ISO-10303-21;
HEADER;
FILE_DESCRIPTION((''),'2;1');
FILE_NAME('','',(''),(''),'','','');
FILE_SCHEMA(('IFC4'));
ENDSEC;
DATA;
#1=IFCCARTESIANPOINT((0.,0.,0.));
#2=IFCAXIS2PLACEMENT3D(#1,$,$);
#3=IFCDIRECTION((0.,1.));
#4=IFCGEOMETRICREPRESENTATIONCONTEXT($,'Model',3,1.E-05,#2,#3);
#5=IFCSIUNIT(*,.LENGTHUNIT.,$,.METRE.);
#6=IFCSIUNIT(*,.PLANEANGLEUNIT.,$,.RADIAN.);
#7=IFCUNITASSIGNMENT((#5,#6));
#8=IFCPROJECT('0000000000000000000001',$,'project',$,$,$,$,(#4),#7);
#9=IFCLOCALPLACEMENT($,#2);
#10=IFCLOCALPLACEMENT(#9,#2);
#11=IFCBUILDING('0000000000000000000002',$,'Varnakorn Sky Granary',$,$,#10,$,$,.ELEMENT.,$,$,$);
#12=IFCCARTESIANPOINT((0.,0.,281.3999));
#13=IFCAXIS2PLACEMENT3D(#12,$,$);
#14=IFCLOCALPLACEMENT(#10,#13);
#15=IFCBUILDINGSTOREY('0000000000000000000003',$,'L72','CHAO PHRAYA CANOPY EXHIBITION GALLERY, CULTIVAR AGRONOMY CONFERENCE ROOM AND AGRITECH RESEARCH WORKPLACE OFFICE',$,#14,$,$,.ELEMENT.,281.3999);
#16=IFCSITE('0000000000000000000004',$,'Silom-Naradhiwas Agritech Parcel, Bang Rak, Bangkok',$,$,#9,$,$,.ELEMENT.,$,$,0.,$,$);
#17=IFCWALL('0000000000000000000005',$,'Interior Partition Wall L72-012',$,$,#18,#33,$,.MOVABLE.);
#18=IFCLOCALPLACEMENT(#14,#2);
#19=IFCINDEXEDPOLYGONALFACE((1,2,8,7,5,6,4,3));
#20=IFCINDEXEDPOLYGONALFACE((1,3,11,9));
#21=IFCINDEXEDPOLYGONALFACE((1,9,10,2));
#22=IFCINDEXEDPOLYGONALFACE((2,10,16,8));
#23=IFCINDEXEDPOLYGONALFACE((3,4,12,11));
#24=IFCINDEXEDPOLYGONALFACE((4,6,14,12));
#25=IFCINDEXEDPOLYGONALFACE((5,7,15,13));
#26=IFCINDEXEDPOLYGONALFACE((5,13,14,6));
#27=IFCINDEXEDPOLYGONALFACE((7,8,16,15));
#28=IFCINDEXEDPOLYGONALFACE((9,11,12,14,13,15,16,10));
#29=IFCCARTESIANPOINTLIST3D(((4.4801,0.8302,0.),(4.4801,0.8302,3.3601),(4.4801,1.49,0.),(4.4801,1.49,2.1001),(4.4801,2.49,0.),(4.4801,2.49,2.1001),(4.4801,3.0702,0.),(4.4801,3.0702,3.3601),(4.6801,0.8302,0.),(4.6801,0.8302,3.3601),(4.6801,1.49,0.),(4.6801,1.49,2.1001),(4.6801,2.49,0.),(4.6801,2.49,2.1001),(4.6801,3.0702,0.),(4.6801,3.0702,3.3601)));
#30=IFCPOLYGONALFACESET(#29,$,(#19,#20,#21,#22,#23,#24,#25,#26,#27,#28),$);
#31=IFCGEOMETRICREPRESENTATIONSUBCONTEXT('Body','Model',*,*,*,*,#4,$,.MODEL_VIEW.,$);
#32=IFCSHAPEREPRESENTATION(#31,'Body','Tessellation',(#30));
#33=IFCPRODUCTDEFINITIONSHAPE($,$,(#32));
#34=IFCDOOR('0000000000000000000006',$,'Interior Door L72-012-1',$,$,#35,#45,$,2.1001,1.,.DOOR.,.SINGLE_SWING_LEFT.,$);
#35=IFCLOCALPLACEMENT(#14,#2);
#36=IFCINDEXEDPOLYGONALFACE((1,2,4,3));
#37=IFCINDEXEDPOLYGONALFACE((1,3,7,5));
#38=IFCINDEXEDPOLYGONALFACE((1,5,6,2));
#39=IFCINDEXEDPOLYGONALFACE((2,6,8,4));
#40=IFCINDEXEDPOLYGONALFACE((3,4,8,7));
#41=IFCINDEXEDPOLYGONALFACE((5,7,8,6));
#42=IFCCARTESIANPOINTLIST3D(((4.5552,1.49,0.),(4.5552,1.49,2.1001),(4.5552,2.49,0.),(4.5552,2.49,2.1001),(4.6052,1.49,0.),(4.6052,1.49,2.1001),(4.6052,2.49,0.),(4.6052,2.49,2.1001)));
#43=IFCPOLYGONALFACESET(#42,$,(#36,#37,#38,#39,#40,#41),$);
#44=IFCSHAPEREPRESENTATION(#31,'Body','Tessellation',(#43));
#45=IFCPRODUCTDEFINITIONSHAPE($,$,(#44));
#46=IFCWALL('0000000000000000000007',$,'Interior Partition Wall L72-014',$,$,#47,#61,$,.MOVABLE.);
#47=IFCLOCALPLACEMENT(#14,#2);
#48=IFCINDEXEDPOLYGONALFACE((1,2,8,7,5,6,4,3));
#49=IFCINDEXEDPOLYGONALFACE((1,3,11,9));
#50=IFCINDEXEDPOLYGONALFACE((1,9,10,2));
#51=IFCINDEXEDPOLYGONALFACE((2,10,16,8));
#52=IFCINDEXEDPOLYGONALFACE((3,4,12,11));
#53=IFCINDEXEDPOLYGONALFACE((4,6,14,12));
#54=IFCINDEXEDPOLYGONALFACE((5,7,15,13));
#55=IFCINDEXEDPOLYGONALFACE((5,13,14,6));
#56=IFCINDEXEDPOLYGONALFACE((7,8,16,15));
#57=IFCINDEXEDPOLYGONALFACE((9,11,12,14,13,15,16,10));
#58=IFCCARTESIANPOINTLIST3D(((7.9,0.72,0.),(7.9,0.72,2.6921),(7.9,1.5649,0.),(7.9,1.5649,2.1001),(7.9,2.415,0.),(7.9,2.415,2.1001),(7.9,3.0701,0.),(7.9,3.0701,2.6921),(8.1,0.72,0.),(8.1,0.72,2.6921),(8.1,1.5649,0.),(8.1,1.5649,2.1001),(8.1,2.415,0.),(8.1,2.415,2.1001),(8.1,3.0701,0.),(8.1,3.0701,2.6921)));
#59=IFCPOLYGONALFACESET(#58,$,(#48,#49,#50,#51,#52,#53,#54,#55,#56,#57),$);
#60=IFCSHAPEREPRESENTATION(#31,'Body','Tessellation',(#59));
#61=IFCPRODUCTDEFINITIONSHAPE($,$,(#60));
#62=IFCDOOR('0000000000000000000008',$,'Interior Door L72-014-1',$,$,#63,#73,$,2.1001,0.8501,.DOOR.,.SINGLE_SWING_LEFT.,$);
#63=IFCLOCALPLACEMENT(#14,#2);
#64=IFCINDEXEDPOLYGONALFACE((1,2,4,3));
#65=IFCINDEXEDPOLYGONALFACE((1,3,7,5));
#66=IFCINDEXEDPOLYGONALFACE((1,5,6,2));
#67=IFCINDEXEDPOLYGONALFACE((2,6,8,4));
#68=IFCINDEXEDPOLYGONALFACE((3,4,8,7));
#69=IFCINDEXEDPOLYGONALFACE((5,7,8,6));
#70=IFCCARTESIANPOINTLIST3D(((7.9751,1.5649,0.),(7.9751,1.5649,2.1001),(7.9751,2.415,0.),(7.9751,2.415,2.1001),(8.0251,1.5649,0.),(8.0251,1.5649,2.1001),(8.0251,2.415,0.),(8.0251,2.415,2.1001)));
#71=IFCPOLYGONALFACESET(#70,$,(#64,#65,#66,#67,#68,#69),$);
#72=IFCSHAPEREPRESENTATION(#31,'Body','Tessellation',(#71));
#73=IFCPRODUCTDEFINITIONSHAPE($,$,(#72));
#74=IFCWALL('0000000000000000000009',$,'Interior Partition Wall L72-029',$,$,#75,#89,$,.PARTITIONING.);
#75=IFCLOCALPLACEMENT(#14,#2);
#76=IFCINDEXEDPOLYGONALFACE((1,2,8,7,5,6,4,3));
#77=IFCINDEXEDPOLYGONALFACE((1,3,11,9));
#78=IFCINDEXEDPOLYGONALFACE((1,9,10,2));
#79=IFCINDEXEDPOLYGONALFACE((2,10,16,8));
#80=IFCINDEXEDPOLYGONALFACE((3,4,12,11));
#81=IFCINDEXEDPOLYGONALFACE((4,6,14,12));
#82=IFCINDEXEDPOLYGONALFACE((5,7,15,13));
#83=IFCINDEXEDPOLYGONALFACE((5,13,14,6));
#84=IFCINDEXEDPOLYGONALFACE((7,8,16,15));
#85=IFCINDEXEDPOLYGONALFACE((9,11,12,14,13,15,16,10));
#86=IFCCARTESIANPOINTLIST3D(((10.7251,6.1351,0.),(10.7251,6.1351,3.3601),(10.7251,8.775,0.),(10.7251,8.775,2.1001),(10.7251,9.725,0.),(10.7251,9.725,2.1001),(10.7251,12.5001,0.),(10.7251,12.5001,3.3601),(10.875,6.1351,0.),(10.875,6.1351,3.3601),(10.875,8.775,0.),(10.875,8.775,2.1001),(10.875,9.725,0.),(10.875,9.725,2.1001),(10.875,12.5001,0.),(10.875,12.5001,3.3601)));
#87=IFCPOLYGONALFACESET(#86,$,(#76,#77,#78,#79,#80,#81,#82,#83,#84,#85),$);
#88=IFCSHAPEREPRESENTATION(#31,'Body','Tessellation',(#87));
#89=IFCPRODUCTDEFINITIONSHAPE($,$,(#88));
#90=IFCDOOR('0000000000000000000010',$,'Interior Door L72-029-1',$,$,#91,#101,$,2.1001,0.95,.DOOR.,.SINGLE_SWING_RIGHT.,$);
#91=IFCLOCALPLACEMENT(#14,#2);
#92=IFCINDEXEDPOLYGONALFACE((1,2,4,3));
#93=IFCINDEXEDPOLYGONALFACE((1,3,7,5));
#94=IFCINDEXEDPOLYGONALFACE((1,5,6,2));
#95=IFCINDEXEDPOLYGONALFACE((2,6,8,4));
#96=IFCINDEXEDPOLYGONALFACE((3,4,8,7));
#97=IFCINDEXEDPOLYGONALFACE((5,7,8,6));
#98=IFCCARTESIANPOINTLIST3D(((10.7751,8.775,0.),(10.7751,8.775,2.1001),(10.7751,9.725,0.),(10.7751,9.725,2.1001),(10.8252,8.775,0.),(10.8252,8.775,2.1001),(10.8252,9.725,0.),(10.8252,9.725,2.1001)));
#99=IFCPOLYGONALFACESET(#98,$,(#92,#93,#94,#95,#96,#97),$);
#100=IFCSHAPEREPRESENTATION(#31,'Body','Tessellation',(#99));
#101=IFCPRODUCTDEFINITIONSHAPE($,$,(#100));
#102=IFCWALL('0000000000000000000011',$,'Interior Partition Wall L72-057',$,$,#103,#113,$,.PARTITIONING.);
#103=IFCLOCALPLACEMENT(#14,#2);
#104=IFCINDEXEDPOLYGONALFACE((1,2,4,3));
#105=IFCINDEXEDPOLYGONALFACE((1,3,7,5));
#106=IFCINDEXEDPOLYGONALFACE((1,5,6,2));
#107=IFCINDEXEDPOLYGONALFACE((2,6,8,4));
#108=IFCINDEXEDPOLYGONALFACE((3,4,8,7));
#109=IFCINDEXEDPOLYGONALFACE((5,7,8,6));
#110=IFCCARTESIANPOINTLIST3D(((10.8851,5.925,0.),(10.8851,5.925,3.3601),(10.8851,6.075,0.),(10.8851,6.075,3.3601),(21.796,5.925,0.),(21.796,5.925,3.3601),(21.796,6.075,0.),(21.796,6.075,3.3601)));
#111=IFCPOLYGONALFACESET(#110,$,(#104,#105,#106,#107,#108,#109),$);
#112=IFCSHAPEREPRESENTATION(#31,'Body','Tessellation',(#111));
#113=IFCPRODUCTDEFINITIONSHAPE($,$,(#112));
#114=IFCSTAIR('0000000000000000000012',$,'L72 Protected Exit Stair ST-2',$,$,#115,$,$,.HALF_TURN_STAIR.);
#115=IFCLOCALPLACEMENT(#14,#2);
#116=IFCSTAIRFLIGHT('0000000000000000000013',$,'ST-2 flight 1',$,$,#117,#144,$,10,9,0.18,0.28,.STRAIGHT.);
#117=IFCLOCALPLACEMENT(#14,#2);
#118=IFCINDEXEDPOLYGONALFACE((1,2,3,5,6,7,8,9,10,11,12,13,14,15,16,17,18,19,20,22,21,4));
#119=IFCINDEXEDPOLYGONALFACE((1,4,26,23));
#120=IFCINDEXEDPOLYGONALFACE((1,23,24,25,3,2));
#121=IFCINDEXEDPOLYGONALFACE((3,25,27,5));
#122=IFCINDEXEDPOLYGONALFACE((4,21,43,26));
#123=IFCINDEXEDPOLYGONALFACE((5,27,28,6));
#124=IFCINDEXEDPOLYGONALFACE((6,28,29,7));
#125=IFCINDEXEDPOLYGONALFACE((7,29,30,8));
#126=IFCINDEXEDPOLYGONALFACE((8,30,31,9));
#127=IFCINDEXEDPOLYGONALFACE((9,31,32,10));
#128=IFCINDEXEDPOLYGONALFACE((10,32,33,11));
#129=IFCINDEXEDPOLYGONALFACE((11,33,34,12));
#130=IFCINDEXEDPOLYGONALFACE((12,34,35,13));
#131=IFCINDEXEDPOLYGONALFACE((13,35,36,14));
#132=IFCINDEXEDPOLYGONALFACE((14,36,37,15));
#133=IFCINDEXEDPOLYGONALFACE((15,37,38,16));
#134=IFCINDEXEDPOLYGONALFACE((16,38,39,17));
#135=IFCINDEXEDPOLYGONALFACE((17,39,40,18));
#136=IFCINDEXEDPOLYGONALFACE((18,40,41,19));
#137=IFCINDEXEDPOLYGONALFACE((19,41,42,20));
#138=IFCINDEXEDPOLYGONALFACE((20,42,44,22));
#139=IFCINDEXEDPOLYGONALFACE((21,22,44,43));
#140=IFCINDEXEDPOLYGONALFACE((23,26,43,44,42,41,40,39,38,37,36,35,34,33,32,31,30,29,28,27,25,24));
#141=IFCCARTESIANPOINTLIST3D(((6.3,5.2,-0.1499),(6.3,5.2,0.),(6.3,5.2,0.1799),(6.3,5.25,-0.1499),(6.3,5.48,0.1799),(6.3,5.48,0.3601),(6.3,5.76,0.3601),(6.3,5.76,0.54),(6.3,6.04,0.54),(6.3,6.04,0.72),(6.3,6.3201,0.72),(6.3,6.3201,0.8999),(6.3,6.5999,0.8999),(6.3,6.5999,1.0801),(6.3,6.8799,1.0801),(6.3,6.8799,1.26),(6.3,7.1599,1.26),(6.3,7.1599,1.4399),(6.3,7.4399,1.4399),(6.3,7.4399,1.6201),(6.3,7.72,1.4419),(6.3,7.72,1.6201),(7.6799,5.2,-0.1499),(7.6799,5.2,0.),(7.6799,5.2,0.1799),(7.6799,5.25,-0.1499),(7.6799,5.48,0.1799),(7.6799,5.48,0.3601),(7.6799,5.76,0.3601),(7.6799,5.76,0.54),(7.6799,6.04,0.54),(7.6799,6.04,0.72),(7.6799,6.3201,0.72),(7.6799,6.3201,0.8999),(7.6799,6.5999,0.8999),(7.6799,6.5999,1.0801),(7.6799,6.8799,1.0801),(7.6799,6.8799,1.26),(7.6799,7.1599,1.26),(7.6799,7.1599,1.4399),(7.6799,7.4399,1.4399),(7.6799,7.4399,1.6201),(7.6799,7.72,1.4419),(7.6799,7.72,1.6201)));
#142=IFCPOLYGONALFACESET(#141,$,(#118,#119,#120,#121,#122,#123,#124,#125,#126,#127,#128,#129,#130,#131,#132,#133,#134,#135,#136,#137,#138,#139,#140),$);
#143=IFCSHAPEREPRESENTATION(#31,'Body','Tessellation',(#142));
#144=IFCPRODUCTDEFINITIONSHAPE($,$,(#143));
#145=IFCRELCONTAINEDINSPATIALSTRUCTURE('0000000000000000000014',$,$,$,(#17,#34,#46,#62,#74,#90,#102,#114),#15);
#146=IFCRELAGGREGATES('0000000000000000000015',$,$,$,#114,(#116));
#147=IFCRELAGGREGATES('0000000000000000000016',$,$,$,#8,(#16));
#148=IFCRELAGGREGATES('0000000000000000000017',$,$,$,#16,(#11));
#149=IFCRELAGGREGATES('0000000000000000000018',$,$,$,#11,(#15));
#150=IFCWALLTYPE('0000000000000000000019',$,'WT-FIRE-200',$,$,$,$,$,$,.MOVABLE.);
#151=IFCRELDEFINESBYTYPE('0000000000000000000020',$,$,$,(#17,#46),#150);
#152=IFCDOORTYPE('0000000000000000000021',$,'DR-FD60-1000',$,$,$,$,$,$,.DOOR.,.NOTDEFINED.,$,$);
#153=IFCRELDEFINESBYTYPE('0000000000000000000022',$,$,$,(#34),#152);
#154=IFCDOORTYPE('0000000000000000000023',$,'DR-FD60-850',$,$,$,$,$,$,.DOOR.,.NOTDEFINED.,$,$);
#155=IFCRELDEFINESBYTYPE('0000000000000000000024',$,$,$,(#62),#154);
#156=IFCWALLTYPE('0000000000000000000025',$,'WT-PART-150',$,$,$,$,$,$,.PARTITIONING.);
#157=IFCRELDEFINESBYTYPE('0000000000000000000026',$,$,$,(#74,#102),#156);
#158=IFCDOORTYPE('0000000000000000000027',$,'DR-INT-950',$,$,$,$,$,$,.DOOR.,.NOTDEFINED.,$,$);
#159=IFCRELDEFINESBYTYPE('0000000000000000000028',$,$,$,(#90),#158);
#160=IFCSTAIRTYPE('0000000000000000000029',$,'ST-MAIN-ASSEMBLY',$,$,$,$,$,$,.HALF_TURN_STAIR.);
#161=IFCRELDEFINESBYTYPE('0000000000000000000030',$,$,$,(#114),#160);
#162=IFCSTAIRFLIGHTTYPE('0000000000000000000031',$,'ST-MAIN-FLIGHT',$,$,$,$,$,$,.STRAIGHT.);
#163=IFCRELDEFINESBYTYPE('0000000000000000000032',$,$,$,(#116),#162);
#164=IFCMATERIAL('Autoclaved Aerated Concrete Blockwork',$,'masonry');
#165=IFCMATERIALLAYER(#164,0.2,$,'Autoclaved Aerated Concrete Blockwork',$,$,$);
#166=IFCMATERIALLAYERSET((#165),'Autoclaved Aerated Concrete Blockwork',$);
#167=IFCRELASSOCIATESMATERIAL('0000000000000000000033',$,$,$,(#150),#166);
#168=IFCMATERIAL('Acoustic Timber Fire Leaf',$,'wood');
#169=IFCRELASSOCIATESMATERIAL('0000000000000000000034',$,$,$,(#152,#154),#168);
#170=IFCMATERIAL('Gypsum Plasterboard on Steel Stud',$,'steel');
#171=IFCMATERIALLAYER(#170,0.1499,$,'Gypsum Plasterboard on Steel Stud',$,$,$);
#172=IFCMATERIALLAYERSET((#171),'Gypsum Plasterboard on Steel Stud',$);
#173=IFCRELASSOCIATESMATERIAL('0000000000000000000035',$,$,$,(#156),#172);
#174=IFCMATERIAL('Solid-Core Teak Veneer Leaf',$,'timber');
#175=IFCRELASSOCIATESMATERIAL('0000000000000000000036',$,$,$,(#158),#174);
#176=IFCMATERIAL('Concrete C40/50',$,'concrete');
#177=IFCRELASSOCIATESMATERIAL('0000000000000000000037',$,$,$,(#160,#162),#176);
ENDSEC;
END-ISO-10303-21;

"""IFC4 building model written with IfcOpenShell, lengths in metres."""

from ifc_helpers import new_model, si_unit, direction, frame, frame_2d, origin, place, context, subcontext, project, spatial, polyline, rectangle, outline, extrude, material, layer, layer_set, type_object, element, fill, aggregate, save


model = new_model("IFC4")

# Units and contexts
model_context = context("Model", 3, precision=1e-05, world=origin(), true_north=direction((0.0, 1.0)))
body_context = subcontext(model_context, "Body", "Model", "MODEL_VIEW")
ifc_project = project(units=[si_unit("LENGTHUNIT", "METRE"), si_unit("PLANEANGLEUNIT", "RADIAN")], contexts=[model_context])

# Site, building, storey
site_placement = place(None, origin())
site = spatial("IfcSite", under=ifc_project, at=site_placement, Name="Silom-Naradhiwas Agritech Parcel, Bang Rak, Bangkok", CompositionType="ELEMENT", RefElevation=0.0)
building_placement = place(site_placement, origin())
building = spatial("IfcBuilding", under=site, at=building_placement, Name="Varnakorn Sky Granary", CompositionType="ELEMENT")
storey_placement = place(building_placement, frame((0.0, 0.0, 281.3999)))
storey = spatial("IfcBuildingStorey", under=building, at=storey_placement, Name="L72", Description="CHAO PHRAYA CANOPY EXHIBITION GALLERY, CULTIVAR AGRONOMY CONFERENCE ROOM AND AGRITECH RESEARCH WORKPLACE OFFICE", CompositionType="ELEMENT", Elevation=281.3999)

# Walls, openings, doors
ifc_material_1 = material(Name="Autoclaved Aerated Concrete Blockwork", Category="masonry")
ifc_layer_1 = layer(ifc_material_1, 0.2, Name="Autoclaved Aerated Concrete Blockwork")
ifc_layer_set_1 = layer_set([ifc_layer_1], Name="Autoclaved Aerated Concrete Blockwork")
wall_type_1 = type_object("IfcWallType", Name="WT-FIRE-200", PredefinedType="MOVABLE", material=ifc_layer_set_1)
wall_1_placement = place(storey_placement, frame((4.5801, 0.8301, 0.0), z_axis=(0.0, 0.0, 1.0), x_axis=(0.0, 1.0, 0.0)))
wall_1 = element("IfcWall", 1, at=wall_1_placement, inside=storey, type_object=wall_type_1, Name="Interior Partition Wall L72-012", PredefinedType="MOVABLE", context=body_context, shape_type="SweptSolid", body=[
    extrude(rectangle(XDim=2.24, YDim=0.2, at=frame_2d((1.1201, 0.0))), origin(), (0.0, 0.0, 1.0), 3.3601),
])
opening_1_placement = place(wall_1_placement, frame((0.6599, 0.0, 0.0)))
opening_1 = element("IfcOpeningElement", 2, at=opening_1_placement, cuts=wall_1, PredefinedType="OPENING", context=body_context, shape_type="SweptSolid", body=[
    extrude(rectangle(XDim=1.0, YDim=2.1001, at=frame_2d((0.5, 1.05))), frame((0.0, 0.1099, 0.0), z_axis=(0.0, -1.0, 0.0), x_axis=(1.0, 0.0, 0.0)), (0.0, 0.0, 1.0), 0.22),
])
ifc_material_2 = material(Name="Acoustic Timber Fire Leaf", Category="wood")
door_type_1 = type_object("IfcDoorType", Name="DR-FD60-1000", OperationType="NOTDEFINED", PredefinedType="DOOR", material=ifc_material_2)
door_1_placement = place(opening_1_placement, origin())
door_1 = element("IfcDoor", 3, at=door_1_placement, inside=storey, type_object=door_type_1, Name="Interior Door L72-012-1", OperationType="SINGLE_SWING_LEFT", OverallHeight=2.1001, OverallWidth=1.0, PredefinedType="DOOR", context=body_context, shape_type="SweptSolid", body=[
    extrude(rectangle(XDim=1.0, YDim=2.1001, at=frame_2d((0.5, 1.05))), frame((0.0, 0.0249, 0.0), z_axis=(0.0, -1.0, 0.0), x_axis=(1.0, 0.0, 0.0)), (0.0, 0.0, 1.0), 0.05),
])
fill(opening_1, door_1)
wall_2_placement = place(storey_placement, frame((8.0, 0.72, 0.0), z_axis=(0.0, 0.0, 1.0), x_axis=(0.0, 1.0, 0.0)))
wall_2 = element("IfcWall", 4, at=wall_2_placement, inside=storey, type_object=wall_type_1, Name="Interior Partition Wall L72-014", PredefinedType="MOVABLE", context=body_context, shape_type="SweptSolid", body=[
    extrude(rectangle(XDim=2.3501, YDim=0.2, at=frame_2d((1.175, 0.0))), origin(), (0.0, 0.0, 1.0), 2.6921),
])
opening_2_placement = place(wall_2_placement, frame((0.845, 0.0, 0.0)))
opening_2 = element("IfcOpeningElement", 5, at=opening_2_placement, cuts=wall_2, PredefinedType="OPENING", context=body_context, shape_type="SweptSolid", body=[
    extrude(rectangle(XDim=0.8501, YDim=2.1001, at=frame_2d((0.425, 1.05))), frame((0.0, 0.1099, 0.0), z_axis=(0.0, -1.0, 0.0), x_axis=(1.0, 0.0, 0.0)), (0.0, 0.0, 1.0), 0.22),
])
door_type_2 = type_object("IfcDoorType", Name="DR-FD60-850", OperationType="NOTDEFINED", PredefinedType="DOOR", material=ifc_material_2)
door_2_placement = place(opening_2_placement, origin())
door_2 = element("IfcDoor", 6, at=door_2_placement, inside=storey, type_object=door_type_2, Name="Interior Door L72-014-1", OperationType="SINGLE_SWING_LEFT", OverallHeight=2.1001, OverallWidth=0.8501, PredefinedType="DOOR", context=body_context, shape_type="SweptSolid", body=[
    extrude(rectangle(XDim=0.8501, YDim=2.1001, at=frame_2d((0.425, 1.05))), frame((0.0, 0.0249, 0.0), z_axis=(0.0, -1.0, 0.0), x_axis=(1.0, 0.0, 0.0)), (0.0, 0.0, 1.0), 0.05),
])
fill(opening_2, door_2)
ifc_material_3 = material(Name="Gypsum Plasterboard on Steel Stud", Category="steel")
ifc_layer_2 = layer(ifc_material_3, 0.1499, Name="Gypsum Plasterboard on Steel Stud")
ifc_layer_set_2 = layer_set([ifc_layer_2], Name="Gypsum Plasterboard on Steel Stud")
wall_type_2 = type_object("IfcWallType", Name="WT-PART-150", PredefinedType="PARTITIONING", material=ifc_layer_set_2)
wall_3_placement = place(storey_placement, frame((10.8, 6.135, 0.0), z_axis=(0.0, 0.0, 1.0), x_axis=(0.0, 1.0, 0.0)))
wall_3 = element("IfcWall", 7, at=wall_3_placement, inside=storey, type_object=wall_type_2, Name="Interior Partition Wall L72-029", PredefinedType="PARTITIONING", context=body_context, shape_type="SweptSolid", body=[
    extrude(rectangle(XDim=6.365, YDim=0.1499, at=frame_2d((3.1826, 0.0))), origin(), (0.0, 0.0, 1.0), 3.3601),
])
opening_3_placement = place(wall_3_placement, frame((2.6399, 0.0, 0.0)))
opening_3 = element("IfcOpeningElement", 8, at=opening_3_placement, cuts=wall_3, PredefinedType="OPENING", context=body_context, shape_type="SweptSolid", body=[
    extrude(rectangle(XDim=0.95, YDim=2.1001, at=frame_2d((0.4751, 1.05))), frame((0.0, 0.085, 0.0), z_axis=(0.0, -1.0, 0.0), x_axis=(1.0, 0.0, 0.0)), (0.0, 0.0, 1.0), 0.1699),
])
ifc_material_4 = material(Name="Solid-Core Teak Veneer Leaf", Category="timber")
door_type_3 = type_object("IfcDoorType", Name="DR-INT-950", OperationType="NOTDEFINED", PredefinedType="DOOR", material=ifc_material_4)
door_3_placement = place(opening_3_placement, origin())
door_3 = element("IfcDoor", 9, at=door_3_placement, inside=storey, type_object=door_type_3, Name="Interior Door L72-029-1", OperationType="SINGLE_SWING_RIGHT", OverallHeight=2.1001, OverallWidth=0.95, PredefinedType="DOOR", context=body_context, shape_type="SweptSolid", body=[
    extrude(rectangle(XDim=0.95, YDim=2.1001, at=frame_2d((0.4751, 1.05))), frame((0.0, 0.0249, 0.0), z_axis=(0.0, -1.0, 0.0), x_axis=(1.0, 0.0, 0.0)), (0.0, 0.0, 1.0), 0.05),
])
fill(opening_3, door_3)

# Wall
wall_4_placement = place(storey_placement, frame((10.885, 6.0, 0.0), z_axis=(0.0, 0.0, 1.0), x_axis=(1.0, 0.0, 0.0)))
element("IfcWall", 10, at=wall_4_placement, inside=storey, type_object=wall_type_2, Name="Interior Partition Wall L72-057", PredefinedType="PARTITIONING", context=body_context, shape_type="SweptSolid", body=[
    extrude(rectangle(XDim=10.9109, YDim=0.1499, at=frame_2d((5.4556, 0.0))), origin(), (0.0, 0.0, 1.0), 3.3601),
])

# Stair, stair flight
ifc_material_5 = material(Name="Concrete C40/50", Category="concrete")
stair_type = type_object("IfcStairType", Name="ST-MAIN-ASSEMBLY", PredefinedType="HALF_TURN_STAIR", material=ifc_material_5)
stair_placement = place(storey_placement, origin())
stair = element("IfcStair", 11, at=stair_placement, inside=storey, type_object=stair_type, Name="L72 Protected Exit Stair ST-2", PredefinedType="HALF_TURN_STAIR")
stair_flight_type = type_object("IfcStairFlightType", Name="ST-MAIN-FLIGHT", PredefinedType="STRAIGHT", material=ifc_material_5)
stair_flight_1_placement = place(storey_placement, frame((6.99, 5.2, 0.0), z_axis=(0.0, 0.0, 1.0), x_axis=(0.0, 1.0, 0.0)))
stair_flight_1 = element("IfcStairFlight", 12, at=stair_flight_1_placement, type_object=stair_flight_type, Name="ST-2 flight 1", NumberOfRisers=10, NumberOfTreads=9, PredefinedType="STRAIGHT", RiserHeight=0.18, TreadLength=0.28, context=body_context, shape_type="SweptSolid", body=[
    extrude(outline(polyline([(0.0, -0.1499), (0.0, 0.0), (0.0, 0.1799), (0.28, 0.1799), (0.28, 0.3601), (0.5601, 0.3601), (0.5601, 0.54), (0.8401, 0.54), (0.8401, 0.72), (1.1201, 0.72), (1.1201, 0.8999), (1.3999, 0.8999), (1.3999, 1.0801), (1.6799, 1.0801), (1.6799, 1.26), (1.96, 1.26), (1.96, 1.4399), (2.24, 1.4399), (2.24, 1.6201), (2.52, 1.6201), (2.52, 1.8), (2.52, 1.4419), (0.05, -0.1499), (0.0, -0.1499)])), frame((0.0, 0.6899, 0.0), z_axis=(0.0, -1.0, 0.0), x_axis=(1.0, 0.0, 0.0)), (0.0, 0.0, 1.0), 1.3799),
])
aggregate(stair, [stair_flight_1])

save(model, "model.ifc")
